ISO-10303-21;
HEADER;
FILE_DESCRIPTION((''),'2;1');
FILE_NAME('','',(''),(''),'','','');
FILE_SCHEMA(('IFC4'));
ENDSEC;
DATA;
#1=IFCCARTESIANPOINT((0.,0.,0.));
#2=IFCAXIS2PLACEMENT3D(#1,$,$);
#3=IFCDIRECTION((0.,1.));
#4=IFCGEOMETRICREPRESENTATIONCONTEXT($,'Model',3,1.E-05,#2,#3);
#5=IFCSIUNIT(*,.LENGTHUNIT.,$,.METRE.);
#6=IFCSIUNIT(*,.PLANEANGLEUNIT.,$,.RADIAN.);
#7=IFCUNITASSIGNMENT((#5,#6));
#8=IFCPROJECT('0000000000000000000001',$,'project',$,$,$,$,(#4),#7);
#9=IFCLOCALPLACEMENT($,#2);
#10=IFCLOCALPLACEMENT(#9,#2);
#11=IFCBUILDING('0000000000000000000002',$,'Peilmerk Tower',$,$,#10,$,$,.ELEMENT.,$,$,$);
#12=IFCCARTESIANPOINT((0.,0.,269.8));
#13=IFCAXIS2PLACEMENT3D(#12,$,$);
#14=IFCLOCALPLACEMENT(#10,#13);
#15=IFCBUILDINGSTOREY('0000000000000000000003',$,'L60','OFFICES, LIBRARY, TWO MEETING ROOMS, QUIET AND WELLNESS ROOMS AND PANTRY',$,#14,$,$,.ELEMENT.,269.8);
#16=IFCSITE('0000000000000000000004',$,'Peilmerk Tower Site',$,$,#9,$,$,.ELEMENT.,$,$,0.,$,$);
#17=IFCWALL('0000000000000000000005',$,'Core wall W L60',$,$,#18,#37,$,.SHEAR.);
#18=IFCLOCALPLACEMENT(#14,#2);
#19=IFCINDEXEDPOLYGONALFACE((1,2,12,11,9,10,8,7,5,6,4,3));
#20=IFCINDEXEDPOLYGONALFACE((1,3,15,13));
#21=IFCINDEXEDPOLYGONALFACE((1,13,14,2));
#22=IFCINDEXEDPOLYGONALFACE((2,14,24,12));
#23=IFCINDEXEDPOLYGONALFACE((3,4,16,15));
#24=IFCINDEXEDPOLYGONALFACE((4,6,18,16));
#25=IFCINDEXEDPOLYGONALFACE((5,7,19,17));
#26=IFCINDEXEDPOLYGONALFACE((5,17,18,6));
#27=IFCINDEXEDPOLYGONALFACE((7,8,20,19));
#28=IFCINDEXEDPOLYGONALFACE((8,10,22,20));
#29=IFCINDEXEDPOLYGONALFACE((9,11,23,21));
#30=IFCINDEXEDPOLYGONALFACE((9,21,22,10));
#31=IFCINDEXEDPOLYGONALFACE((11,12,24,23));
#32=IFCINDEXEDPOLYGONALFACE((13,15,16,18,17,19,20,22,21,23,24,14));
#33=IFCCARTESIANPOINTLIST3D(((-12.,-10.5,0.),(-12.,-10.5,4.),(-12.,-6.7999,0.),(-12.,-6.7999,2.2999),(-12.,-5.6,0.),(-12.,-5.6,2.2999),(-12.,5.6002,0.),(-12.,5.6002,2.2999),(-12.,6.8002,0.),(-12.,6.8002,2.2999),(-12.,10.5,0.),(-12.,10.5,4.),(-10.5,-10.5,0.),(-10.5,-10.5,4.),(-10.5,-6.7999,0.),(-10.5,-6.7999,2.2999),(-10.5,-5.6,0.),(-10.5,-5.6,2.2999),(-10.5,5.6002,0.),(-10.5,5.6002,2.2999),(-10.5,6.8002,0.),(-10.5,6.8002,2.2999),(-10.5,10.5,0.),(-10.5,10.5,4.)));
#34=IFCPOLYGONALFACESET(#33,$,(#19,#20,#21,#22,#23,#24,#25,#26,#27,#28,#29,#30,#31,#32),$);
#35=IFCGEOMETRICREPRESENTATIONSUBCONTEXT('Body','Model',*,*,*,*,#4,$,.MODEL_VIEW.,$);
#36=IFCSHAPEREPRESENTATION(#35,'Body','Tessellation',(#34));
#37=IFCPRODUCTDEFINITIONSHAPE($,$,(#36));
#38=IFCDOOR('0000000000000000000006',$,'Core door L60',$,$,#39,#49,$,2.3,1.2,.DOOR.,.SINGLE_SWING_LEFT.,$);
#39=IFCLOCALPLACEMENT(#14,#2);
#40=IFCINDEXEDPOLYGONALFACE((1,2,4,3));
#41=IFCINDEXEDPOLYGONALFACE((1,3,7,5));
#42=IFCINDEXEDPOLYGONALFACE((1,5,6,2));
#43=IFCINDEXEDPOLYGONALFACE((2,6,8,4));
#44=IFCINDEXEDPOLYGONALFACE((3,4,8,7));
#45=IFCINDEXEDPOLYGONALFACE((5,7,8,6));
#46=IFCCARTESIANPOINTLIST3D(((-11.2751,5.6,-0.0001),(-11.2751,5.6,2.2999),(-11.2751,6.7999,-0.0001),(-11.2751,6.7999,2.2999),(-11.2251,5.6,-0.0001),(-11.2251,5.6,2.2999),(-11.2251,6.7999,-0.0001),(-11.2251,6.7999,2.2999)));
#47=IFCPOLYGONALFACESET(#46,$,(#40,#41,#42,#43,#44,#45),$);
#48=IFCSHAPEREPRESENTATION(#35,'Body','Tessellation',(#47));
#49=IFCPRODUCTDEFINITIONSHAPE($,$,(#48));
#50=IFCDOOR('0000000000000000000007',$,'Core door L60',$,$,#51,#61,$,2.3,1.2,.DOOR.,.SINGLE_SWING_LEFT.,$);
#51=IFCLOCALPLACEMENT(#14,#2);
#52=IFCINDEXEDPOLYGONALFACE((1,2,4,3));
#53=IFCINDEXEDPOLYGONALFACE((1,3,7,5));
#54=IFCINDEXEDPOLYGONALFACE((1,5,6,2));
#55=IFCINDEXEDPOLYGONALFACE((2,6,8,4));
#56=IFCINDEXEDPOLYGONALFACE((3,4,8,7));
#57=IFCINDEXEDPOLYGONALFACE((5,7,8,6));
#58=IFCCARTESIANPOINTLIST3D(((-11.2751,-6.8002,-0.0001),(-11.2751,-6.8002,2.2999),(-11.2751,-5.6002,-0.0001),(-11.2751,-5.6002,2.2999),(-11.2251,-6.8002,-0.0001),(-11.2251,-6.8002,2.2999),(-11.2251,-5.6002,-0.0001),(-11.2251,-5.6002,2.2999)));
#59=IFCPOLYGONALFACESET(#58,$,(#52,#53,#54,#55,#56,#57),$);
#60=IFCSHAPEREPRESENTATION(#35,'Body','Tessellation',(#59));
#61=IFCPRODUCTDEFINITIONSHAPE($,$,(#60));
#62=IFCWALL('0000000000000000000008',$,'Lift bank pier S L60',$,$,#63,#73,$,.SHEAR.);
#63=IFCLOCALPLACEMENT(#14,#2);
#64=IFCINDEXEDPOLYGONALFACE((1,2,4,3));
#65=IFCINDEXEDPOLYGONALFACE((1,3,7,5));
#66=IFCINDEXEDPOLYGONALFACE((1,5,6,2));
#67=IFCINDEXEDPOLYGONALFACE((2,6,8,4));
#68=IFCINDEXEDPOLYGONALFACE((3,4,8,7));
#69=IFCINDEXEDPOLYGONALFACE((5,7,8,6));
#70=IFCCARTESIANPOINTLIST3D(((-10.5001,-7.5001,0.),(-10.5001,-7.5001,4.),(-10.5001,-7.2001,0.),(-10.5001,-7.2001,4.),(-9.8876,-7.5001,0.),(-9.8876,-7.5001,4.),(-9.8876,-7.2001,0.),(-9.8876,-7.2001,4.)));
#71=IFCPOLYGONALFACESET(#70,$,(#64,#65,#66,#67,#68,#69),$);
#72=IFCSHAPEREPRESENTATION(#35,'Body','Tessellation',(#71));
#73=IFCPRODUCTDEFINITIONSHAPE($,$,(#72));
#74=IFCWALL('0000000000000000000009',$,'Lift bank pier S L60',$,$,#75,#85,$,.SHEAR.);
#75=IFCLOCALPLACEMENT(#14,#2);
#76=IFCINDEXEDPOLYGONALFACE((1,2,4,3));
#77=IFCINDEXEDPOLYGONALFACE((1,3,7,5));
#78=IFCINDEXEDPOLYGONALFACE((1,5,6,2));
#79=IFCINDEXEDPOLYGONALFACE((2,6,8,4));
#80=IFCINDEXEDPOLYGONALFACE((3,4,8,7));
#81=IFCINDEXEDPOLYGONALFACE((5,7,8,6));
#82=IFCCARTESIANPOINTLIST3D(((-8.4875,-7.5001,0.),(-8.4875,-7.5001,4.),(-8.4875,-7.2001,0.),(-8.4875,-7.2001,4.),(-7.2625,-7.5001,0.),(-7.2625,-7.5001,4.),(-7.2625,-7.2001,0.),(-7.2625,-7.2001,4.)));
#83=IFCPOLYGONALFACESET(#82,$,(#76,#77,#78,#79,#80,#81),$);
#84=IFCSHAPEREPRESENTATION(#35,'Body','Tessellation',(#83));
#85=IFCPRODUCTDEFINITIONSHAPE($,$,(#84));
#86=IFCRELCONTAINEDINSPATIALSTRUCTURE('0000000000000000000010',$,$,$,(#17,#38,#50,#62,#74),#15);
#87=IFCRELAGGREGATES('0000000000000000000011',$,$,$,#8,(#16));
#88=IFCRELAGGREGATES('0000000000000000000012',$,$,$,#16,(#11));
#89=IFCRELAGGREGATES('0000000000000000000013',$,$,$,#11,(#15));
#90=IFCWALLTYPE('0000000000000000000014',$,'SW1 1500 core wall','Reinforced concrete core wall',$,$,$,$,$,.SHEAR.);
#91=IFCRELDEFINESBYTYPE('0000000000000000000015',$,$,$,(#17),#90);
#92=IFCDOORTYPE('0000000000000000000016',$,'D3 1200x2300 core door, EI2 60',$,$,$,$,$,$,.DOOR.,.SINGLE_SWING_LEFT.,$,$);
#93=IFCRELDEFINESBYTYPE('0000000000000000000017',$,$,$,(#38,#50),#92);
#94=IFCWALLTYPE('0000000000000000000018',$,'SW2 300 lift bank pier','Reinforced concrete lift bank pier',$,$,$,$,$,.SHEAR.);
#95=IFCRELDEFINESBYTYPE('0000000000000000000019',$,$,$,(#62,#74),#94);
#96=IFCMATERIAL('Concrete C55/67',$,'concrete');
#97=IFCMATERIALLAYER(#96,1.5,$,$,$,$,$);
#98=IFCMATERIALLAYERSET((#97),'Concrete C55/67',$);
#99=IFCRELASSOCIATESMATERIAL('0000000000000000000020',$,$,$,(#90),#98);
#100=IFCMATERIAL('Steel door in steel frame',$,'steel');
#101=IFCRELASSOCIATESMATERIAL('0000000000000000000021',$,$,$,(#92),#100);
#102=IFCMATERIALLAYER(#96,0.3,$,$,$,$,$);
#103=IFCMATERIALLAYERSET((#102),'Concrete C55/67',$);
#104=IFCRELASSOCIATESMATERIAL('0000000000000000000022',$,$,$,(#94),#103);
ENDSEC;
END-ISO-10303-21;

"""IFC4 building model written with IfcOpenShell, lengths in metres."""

from ifc_helpers import new_model, si_unit, direction, frame, frame_2d, origin, place, context, subcontext, project, spatial, rectangle, extrude, material, layer, layer_set, type_object, element, fill, save


model = new_model("IFC4")

# Units and contexts
model_context = context("Model", 3, precision=1e-05, world=origin(), true_north=direction((0.0, 1.0)))
body_context = subcontext(model_context, "Body", "Model", "MODEL_VIEW")
ifc_project = project(units=[si_unit("LENGTHUNIT", "METRE"), si_unit("PLANEANGLEUNIT", "RADIAN")], contexts=[model_context])

# Site, building, storey
site_placement = place(None, origin())
site = spatial("IfcSite", under=ifc_project, at=site_placement, Name="Peilmerk Tower Site", CompositionType="ELEMENT", RefElevation=0.0)
building_placement = place(site_placement, origin())
building = spatial("IfcBuilding", under=site, at=building_placement, Name="Peilmerk Tower", CompositionType="ELEMENT")
storey_placement = place(building_placement, frame((0.0, 0.0, 269.8)))
storey = spatial("IfcBuildingStorey", under=building, at=storey_placement, Name="L60", Description="OFFICES, LIBRARY, TWO MEETING ROOMS, QUIET AND WELLNESS ROOMS AND PANTRY", CompositionType="ELEMENT", Elevation=269.8)

# Wall, openings, doors
ifc_material_1 = material(Name="Concrete C55/67", Category="concrete")
ifc_layer_1 = layer(ifc_material_1, 1.5)
ifc_layer_set_1 = layer_set([ifc_layer_1], Name="Concrete C55/67")
wall_type_1 = type_object("IfcWallType", Name="SW1 1500 core wall", Description="Reinforced concrete core wall", PredefinedType="SHEAR", material=ifc_layer_set_1)
wall_1_placement = place(storey_placement, frame((-11.25, -10.5, 0.0), z_axis=(0.0, 0.0, 1.0), x_axis=(0.0, 1.0, 0.0)))
wall_1 = element("IfcWall", 1, at=wall_1_placement, inside=storey, type_object=wall_type_1, Name="Core wall W L60", PredefinedType="SHEAR", context=body_context, shape_type="SweptSolid", body=[
    extrude(rectangle(XDim=21.0, YDim=1.5, at=frame_2d((10.5, 0.0))), origin(), (0.0, 0.0, 1.0), 4.0),
])
opening_1_placement = place(wall_1_placement, frame((16.1001, 0.0, 0.0)))
opening_1 = element("IfcOpeningElement", 2, at=opening_1_placement, cuts=wall_1, PredefinedType="OPENING", context=body_context, shape_type="SweptSolid", body=[
    extrude(rectangle(XDim=1.2, YDim=2.3, at=frame_2d((0.6001, 1.1499))), frame((0.0, 0.76, 0.0), z_axis=(0.0, -1.0, 0.0), x_axis=(1.0, 0.0, 0.0)), (0.0, 0.0, 1.0), 1.52),
])
opening_2_placement = place(wall_1_placement, frame((3.7, 0.0, 0.0)))
opening_2 = element("IfcOpeningElement", 3, at=opening_2_placement, cuts=wall_1, PredefinedType="OPENING", context=body_context, shape_type="SweptSolid", body=[
    extrude(rectangle(XDim=1.2, YDim=2.3, at=frame_2d((0.6001, 1.1499))), frame((0.0, 0.76, 0.0), z_axis=(0.0, -1.0, 0.0), x_axis=(1.0, 0.0, 0.0)), (0.0, 0.0, 1.0), 1.52),
])
ifc_material_2 = material(Name="Steel door in steel frame", Category="steel")
door_type_1 = type_object("IfcDoorType", Name="D3 1200x2300 core door, EI2 60", OperationType="SINGLE_SWING_LEFT", PredefinedType="DOOR", material=ifc_material_2)
door_1_placement = place(opening_1_placement, frame((1.2, 0.0, 0.0), z_axis=(0.0, 0.0, 1.0), x_axis=(-1.0, 0.0, 0.0)))
door_1 = element("IfcDoor", 4, at=door_1_placement, inside=storey, type_object=door_type_1, Name="Core door L60", OperationType="SINGLE_SWING_LEFT", OverallHeight=2.3, OverallWidth=1.2, PredefinedType="DOOR", context=body_context, shape_type="SweptSolid", body=[
    extrude(rectangle(XDim=1.2, YDim=2.3, at=frame_2d((0.6001, 1.1499))), frame((0.0, 0.0249, 0.0), z_axis=(0.0, -1.0, 0.0), x_axis=(1.0, 0.0, 0.0)), (0.0, 0.0, 1.0), 0.05),
])
fill(opening_1, door_1)
door_2_placement = place(opening_2_placement, frame((1.2, 0.0, 0.0), z_axis=(0.0, 0.0, 1.0), x_axis=(-1.0, 0.0, 0.0)))
door_2 = element("IfcDoor", 5, at=door_2_placement, inside=storey, type_object=door_type_1, Name="Core door L60", OperationType="SINGLE_SWING_LEFT", OverallHeight=2.3, OverallWidth=1.2, PredefinedType="DOOR", context=body_context, shape_type="SweptSolid", body=[
    extrude(rectangle(XDim=1.2, YDim=2.3, at=frame_2d((0.6001, 1.1499))), frame((0.0, 0.0249, 0.0), z_axis=(0.0, -1.0, 0.0), x_axis=(1.0, 0.0, 0.0)), (0.0, 0.0, 1.0), 0.05),
])
fill(opening_2, door_2)

# Walls
ifc_layer_2 = layer(ifc_material_1, 0.3)
ifc_layer_set_2 = layer_set([ifc_layer_2], Name="Concrete C55/67")
wall_type_2 = type_object("IfcWallType", Name="SW2 300 lift bank pier", Description="Reinforced concrete lift bank pier", PredefinedType="SHEAR", material=ifc_layer_set_2)
wall_2_placement = place(storey_placement, frame((-10.5, -7.3501, 0.0), z_axis=(0.0, 0.0, 1.0), x_axis=(1.0, 0.0, 0.0)))
element("IfcWall", 6, at=wall_2_placement, inside=storey, type_object=wall_type_2, Name="Lift bank pier S L60", PredefinedType="SHEAR", context=body_context, shape_type="SweptSolid", body=[
    extrude(rectangle(XDim=0.6125, YDim=0.3, at=frame_2d((0.3062, 0.0))), origin(), (0.0, 0.0, 1.0), 4.0),
])
wall_3_placement = place(storey_placement, frame((-8.4875, -7.3501, 0.0), z_axis=(0.0, 0.0, 1.0), x_axis=(1.0, 0.0, 0.0)))
element("IfcWall", 7, at=wall_3_placement, inside=storey, type_object=wall_type_2, Name="Lift bank pier S L60", PredefinedType="SHEAR", context=body_context, shape_type="SweptSolid", body=[
    extrude(rectangle(XDim=1.2251, YDim=0.3, at=frame_2d((0.6125, 0.0))), origin(), (0.0, 0.0, 1.0), 4.0),
])

save(model, "model.ifc")
